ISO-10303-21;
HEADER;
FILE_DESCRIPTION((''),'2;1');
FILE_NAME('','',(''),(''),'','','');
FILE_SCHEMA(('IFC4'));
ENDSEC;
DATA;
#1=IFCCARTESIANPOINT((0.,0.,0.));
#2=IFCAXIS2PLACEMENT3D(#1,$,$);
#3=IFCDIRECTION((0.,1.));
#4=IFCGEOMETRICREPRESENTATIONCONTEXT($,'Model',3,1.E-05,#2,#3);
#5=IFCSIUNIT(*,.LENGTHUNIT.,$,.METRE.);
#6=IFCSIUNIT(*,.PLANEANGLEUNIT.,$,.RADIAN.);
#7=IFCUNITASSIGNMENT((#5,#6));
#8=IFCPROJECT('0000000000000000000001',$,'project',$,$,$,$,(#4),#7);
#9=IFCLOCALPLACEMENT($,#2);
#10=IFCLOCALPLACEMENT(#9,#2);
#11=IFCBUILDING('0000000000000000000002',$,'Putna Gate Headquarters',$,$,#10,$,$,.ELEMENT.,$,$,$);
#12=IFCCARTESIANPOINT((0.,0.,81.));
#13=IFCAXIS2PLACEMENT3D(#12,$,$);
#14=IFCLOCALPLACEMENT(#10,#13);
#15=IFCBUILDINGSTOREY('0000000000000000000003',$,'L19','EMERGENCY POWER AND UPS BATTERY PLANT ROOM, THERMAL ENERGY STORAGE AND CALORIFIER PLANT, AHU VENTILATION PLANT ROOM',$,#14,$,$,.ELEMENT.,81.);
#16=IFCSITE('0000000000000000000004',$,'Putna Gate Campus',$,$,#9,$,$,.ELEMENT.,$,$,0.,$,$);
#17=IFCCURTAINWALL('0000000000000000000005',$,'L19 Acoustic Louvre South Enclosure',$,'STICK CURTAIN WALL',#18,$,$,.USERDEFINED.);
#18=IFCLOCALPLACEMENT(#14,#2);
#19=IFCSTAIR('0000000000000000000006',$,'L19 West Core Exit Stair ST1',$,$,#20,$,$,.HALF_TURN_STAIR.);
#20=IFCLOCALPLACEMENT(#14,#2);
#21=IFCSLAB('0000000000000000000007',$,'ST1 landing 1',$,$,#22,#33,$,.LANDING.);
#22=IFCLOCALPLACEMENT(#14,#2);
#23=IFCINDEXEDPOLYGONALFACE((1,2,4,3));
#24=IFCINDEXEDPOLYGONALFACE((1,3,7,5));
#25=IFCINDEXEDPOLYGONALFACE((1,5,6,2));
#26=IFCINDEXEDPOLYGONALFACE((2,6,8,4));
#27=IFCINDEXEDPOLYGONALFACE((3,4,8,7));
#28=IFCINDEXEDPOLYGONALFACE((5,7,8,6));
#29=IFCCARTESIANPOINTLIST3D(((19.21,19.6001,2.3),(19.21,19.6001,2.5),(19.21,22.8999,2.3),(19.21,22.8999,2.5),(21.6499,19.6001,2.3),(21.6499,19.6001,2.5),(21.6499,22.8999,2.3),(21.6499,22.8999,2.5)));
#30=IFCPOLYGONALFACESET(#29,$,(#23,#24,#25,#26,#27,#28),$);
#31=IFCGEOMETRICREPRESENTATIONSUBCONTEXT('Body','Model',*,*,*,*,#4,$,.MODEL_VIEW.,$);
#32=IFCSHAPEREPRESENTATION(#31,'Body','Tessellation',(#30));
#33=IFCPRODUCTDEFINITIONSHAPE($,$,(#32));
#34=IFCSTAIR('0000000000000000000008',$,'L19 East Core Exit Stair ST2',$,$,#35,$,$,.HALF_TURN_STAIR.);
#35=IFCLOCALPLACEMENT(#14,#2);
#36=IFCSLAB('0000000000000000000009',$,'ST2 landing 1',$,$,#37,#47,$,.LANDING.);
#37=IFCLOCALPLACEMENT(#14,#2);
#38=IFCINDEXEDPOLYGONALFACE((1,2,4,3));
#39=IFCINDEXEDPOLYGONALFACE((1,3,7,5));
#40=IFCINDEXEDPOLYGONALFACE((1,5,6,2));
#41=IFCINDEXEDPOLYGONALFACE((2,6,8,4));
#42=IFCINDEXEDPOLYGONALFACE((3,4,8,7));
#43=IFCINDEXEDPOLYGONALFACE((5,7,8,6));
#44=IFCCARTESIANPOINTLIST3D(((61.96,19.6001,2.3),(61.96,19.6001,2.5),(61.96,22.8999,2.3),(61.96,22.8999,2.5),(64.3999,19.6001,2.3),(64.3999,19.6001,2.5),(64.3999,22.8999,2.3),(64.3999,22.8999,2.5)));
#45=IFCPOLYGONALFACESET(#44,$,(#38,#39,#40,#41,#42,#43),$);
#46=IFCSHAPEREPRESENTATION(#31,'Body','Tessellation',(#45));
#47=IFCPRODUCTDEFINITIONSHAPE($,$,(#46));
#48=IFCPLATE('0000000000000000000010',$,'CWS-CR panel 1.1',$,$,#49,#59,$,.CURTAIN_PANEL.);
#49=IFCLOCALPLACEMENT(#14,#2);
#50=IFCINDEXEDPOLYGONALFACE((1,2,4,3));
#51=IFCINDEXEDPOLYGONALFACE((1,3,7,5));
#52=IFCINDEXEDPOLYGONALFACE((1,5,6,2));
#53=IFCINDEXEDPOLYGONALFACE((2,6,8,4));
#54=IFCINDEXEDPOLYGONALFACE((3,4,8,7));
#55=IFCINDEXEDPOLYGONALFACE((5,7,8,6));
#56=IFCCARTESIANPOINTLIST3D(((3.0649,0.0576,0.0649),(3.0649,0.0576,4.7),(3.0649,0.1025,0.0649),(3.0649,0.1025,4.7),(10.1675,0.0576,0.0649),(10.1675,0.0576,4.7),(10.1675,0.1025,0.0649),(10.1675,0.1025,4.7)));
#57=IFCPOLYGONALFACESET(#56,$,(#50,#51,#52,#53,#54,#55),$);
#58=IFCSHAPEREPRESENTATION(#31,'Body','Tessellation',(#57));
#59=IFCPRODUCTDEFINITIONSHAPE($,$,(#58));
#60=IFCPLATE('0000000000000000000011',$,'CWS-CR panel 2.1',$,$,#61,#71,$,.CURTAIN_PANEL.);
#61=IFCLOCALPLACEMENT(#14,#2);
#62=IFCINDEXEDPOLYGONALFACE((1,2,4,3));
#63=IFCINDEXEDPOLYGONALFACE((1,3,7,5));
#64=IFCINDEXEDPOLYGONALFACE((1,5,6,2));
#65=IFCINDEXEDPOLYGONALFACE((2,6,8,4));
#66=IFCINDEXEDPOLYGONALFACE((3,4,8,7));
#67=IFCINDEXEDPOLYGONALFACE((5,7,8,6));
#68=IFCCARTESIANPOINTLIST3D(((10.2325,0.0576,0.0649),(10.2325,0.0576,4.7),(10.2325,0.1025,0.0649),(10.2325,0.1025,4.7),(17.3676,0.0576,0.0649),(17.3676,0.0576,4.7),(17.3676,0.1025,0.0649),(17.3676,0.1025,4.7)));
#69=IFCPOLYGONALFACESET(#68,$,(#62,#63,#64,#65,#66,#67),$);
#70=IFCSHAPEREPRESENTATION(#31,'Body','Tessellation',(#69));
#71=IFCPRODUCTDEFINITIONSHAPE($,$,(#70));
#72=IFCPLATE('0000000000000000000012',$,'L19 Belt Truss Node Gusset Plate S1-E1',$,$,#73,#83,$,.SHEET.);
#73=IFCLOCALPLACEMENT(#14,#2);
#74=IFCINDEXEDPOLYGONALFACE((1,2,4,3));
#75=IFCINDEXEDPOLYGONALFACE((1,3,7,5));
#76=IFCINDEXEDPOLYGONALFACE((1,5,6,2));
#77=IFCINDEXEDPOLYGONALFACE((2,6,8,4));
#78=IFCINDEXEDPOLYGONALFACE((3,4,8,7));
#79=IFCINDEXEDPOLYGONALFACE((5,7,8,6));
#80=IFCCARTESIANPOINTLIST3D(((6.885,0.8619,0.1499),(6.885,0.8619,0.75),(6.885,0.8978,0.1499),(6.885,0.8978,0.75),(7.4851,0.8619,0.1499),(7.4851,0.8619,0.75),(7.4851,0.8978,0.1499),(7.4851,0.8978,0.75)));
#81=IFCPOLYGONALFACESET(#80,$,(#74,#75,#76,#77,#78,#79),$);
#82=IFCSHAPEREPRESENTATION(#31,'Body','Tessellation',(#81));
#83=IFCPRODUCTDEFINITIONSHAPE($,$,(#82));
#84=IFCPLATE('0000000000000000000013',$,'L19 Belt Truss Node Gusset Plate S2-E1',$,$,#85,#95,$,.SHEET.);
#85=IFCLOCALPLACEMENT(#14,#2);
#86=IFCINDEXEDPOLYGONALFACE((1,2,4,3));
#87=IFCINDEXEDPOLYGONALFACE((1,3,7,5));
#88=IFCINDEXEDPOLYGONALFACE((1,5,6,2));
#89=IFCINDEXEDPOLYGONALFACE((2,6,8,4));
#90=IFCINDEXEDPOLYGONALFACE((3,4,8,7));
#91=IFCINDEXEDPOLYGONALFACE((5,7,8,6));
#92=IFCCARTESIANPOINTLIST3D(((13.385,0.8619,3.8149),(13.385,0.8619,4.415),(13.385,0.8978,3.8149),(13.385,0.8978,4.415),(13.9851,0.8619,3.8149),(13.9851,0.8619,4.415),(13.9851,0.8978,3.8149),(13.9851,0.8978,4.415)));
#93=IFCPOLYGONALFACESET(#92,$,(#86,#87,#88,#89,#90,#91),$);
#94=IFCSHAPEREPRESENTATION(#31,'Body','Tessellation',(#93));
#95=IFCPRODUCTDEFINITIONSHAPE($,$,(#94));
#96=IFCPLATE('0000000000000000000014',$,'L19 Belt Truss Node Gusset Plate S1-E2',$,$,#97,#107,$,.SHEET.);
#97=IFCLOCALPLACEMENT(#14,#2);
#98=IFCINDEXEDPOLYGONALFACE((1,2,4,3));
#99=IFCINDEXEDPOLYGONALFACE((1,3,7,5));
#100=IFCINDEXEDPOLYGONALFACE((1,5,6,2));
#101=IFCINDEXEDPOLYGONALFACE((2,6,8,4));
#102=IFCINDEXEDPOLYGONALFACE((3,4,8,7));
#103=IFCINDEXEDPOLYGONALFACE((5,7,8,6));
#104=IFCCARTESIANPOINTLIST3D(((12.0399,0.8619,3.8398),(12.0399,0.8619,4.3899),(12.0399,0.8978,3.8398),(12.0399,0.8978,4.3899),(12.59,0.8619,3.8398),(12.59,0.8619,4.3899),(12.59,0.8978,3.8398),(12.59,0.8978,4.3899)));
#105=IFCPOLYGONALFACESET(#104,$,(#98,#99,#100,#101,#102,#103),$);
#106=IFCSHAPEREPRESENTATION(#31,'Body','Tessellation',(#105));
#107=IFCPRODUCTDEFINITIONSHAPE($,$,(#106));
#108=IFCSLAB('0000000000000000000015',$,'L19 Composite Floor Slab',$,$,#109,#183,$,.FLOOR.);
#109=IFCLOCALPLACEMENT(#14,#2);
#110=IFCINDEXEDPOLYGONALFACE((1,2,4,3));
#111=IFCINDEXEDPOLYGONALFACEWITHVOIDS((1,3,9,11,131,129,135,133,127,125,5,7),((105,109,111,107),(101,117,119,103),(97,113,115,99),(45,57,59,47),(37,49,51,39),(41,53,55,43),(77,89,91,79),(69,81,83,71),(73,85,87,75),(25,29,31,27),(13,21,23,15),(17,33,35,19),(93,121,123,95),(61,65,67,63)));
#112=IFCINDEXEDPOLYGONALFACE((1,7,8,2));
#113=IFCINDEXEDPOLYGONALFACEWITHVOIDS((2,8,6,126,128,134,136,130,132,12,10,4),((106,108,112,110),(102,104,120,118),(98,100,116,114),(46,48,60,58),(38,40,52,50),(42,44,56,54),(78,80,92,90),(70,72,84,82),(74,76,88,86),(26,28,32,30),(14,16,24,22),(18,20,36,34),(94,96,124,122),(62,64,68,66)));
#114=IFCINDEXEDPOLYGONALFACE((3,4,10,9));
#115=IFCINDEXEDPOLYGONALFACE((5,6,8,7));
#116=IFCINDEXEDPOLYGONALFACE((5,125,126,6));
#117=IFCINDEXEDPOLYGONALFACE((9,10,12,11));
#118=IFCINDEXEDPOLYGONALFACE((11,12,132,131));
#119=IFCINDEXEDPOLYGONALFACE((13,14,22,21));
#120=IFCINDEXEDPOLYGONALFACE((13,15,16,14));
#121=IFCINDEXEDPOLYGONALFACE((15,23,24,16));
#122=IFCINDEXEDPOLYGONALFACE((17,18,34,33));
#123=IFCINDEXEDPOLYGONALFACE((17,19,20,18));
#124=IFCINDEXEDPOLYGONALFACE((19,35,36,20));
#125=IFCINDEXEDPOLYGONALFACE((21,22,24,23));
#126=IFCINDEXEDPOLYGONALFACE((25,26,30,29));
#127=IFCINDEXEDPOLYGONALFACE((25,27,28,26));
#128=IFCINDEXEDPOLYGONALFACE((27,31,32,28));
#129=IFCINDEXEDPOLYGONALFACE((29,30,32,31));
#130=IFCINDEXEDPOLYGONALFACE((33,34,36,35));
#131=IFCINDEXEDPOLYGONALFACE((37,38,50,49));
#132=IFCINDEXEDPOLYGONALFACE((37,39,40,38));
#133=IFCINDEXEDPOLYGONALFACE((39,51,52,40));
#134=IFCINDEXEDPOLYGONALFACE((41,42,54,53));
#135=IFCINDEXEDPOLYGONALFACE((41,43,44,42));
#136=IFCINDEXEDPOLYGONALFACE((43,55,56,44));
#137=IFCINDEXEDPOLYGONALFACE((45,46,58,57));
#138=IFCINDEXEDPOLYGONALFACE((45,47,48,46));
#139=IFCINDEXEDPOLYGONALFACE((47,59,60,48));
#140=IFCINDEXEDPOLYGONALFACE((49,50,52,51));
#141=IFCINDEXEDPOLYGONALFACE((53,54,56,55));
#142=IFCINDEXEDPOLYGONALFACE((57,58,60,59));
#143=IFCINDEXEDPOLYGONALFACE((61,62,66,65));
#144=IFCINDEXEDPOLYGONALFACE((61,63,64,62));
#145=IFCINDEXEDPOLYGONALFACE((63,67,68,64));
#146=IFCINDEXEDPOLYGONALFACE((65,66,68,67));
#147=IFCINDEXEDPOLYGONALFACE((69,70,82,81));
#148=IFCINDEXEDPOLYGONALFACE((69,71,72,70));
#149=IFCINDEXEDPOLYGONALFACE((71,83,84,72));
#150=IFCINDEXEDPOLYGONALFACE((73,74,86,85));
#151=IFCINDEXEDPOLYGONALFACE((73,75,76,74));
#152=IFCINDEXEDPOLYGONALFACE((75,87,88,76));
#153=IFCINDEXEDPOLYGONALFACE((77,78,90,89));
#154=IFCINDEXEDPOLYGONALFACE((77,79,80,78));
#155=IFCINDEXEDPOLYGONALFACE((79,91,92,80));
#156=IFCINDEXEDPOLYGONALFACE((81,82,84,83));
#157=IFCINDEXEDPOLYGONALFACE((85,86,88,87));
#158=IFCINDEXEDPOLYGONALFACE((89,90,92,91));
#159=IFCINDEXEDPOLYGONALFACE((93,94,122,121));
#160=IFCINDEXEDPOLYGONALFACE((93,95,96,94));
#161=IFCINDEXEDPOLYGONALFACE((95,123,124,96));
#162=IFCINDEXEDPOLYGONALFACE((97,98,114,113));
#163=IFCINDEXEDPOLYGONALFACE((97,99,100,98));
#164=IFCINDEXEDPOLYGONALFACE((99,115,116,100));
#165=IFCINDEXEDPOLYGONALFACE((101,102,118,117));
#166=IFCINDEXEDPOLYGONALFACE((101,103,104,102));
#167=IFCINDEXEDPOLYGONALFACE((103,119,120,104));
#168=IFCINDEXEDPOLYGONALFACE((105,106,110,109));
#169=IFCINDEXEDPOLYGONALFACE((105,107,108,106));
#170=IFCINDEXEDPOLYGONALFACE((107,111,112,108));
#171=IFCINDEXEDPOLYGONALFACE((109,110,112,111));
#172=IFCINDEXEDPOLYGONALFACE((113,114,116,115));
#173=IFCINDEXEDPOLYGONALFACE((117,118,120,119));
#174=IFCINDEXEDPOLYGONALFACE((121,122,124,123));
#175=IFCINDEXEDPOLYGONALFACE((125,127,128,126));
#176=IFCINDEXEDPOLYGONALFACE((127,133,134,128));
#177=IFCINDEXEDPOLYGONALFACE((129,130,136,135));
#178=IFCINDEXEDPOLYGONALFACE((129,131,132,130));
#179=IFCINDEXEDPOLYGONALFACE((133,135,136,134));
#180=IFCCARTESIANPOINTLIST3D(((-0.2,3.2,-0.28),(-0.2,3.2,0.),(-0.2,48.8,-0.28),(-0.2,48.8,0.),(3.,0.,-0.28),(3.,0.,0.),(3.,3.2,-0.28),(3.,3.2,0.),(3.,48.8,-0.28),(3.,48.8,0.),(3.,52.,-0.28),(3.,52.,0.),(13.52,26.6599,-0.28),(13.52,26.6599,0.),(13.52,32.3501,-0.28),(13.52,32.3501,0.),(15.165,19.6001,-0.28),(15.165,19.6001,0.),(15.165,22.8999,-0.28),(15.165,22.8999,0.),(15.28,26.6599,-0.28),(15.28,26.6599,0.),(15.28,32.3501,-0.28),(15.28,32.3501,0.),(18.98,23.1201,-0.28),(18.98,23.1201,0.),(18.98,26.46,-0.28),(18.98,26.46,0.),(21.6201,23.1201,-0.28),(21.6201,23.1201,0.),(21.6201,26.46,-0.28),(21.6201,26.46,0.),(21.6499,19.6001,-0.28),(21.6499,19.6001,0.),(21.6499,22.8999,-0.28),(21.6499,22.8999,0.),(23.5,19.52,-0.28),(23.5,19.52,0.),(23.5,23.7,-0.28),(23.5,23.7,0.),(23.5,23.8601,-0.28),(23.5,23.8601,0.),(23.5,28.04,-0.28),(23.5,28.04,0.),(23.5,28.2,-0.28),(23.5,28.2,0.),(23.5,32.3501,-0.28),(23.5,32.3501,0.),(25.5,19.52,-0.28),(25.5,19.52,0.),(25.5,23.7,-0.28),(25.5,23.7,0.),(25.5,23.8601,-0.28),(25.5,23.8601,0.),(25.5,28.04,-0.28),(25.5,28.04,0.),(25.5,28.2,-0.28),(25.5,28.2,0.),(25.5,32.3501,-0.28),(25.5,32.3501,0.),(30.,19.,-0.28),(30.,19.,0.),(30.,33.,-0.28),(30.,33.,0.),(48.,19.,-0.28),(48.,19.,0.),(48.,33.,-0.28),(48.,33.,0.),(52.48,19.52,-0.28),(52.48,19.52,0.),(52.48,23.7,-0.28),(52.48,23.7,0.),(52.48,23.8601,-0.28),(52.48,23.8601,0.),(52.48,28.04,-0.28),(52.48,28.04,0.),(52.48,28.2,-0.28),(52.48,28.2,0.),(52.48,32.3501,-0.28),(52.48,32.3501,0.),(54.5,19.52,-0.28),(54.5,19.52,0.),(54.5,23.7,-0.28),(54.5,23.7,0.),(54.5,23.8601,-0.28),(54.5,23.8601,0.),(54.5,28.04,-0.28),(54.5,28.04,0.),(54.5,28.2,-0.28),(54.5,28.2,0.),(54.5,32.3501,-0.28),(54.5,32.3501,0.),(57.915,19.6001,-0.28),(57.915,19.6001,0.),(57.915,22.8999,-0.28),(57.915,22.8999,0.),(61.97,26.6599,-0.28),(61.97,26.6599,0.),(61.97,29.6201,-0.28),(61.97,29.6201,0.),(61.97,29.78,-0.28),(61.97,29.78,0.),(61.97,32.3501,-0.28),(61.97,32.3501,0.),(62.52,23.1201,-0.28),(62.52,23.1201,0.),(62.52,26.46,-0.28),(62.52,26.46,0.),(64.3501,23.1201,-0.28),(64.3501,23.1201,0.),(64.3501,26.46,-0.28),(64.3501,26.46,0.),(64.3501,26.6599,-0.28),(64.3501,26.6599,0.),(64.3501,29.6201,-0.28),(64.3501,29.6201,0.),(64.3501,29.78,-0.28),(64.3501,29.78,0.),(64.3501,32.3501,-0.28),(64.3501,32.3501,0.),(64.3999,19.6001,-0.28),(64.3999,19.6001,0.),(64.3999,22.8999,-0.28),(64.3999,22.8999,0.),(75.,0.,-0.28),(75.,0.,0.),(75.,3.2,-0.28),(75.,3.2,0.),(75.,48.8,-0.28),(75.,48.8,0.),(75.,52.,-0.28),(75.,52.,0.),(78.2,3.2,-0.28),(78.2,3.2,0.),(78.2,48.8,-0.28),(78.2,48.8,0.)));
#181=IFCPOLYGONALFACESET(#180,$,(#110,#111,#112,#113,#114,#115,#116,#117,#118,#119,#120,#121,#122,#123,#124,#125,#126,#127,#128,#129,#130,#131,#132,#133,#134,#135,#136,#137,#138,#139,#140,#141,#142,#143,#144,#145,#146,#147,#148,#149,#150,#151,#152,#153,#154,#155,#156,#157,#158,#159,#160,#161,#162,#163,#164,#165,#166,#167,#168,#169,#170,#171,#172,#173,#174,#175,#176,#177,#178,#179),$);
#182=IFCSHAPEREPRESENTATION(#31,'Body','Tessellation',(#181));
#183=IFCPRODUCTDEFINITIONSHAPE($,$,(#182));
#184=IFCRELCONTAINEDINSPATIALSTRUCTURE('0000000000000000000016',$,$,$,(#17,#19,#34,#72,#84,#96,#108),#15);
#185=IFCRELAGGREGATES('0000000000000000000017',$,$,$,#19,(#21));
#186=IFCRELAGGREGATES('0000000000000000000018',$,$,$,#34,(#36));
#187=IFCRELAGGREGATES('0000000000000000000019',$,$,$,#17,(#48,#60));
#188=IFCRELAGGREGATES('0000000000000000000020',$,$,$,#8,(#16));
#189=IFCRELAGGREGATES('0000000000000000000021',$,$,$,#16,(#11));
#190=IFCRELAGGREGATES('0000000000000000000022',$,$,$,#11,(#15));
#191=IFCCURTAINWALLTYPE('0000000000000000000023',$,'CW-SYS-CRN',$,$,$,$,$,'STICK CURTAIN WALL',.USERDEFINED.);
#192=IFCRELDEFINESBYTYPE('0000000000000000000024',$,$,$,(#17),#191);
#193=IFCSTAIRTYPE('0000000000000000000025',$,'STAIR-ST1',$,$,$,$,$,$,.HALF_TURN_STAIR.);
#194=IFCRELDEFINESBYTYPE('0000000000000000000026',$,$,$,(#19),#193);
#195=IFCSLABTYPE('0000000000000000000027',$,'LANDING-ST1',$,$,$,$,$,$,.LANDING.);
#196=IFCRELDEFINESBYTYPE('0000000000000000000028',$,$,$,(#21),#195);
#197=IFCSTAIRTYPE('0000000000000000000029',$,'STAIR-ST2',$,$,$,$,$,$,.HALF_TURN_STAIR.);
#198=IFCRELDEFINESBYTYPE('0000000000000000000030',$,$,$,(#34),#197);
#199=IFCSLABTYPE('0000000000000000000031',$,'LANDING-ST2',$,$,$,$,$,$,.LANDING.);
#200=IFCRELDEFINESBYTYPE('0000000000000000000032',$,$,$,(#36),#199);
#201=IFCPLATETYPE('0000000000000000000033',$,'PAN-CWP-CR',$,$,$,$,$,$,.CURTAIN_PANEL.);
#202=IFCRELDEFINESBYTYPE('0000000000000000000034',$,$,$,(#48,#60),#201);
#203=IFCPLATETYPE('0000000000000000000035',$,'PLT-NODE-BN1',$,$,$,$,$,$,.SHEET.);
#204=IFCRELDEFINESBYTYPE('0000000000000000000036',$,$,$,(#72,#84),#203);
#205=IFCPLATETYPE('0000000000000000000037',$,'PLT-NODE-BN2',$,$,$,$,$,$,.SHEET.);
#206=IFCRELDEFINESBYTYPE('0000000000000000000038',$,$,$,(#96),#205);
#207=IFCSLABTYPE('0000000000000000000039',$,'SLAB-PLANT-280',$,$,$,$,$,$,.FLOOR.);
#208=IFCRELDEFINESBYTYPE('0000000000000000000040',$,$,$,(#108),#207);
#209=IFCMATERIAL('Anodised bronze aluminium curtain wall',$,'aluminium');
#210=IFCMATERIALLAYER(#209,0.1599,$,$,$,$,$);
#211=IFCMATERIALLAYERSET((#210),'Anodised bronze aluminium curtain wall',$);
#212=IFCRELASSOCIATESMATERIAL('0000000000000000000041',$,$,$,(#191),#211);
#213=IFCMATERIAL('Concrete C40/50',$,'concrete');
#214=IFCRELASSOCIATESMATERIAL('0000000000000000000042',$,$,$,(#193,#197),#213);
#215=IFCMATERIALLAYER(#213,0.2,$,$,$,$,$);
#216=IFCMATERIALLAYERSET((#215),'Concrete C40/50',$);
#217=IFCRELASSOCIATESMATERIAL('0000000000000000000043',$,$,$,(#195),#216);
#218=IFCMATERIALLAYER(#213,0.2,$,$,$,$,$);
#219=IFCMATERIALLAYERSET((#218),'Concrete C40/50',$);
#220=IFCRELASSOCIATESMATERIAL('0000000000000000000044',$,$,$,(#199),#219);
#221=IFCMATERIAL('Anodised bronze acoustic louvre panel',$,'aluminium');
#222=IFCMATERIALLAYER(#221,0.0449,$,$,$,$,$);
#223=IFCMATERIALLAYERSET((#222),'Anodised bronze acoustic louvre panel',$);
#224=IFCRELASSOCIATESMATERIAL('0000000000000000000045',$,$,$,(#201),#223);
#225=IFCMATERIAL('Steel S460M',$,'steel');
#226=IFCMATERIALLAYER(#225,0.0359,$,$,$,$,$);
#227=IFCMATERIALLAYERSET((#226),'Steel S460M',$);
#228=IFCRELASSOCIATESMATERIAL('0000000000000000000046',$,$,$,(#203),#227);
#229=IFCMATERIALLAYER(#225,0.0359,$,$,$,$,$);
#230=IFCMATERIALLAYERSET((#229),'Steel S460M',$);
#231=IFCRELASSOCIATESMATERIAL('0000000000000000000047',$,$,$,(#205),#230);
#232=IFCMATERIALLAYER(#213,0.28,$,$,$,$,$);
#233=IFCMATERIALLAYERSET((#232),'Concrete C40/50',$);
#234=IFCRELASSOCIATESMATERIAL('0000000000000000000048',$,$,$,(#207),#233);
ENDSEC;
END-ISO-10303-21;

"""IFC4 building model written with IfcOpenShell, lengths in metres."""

from ifc_helpers import new_model, si_unit, direction, frame, origin, origin_2d, place, context, subcontext, project, spatial, polyline, rectangle, outline, extrude, material, layer, layer_set, type_object, element, aggregate, save


model = new_model("IFC4")

# Units and contexts
model_context = context("Model", 3, precision=1e-05, world=origin(), true_north=direction((0.0, 1.0)))
body_context = subcontext(model_context, "Body", "Model", "MODEL_VIEW")
ifc_project = project(units=[si_unit("LENGTHUNIT", "METRE"), si_unit("PLANEANGLEUNIT", "RADIAN")], contexts=[model_context])

# Site, building, storey
site_placement = place(None, origin())
site = spatial("IfcSite", under=ifc_project, at=site_placement, Name="Putna Gate Campus", CompositionType="ELEMENT", RefElevation=0.0)
building_placement = place(site_placement, origin())
building = spatial("IfcBuilding", under=site, at=building_placement, Name="Putna Gate Headquarters", CompositionType="ELEMENT")
storey_placement = place(building_placement, frame((0.0, 0.0, 81.0)))
storey = spatial("IfcBuildingStorey", under=building, at=storey_placement, Name="L19", Description="EMERGENCY POWER AND UPS BATTERY PLANT ROOM, THERMAL ENERGY STORAGE AND CALORIFIER PLANT, AHU VENTILATION PLANT ROOM", CompositionType="ELEMENT", Elevation=81.0)

# Shared definitions
ifc_material_1 = material(Name="Steel S460M", Category="steel")

# Curtain wall
ifc_material_2 = material(Name="Anodised bronze aluminium curtain wall", Category="aluminium")
ifc_layer_1 = layer(ifc_material_2, 0.1599)
ifc_layer_set_1 = layer_set([ifc_layer_1], Name="Anodised bronze aluminium curtain wall")
curtain_wall_type = type_object("IfcCurtainWallType", Name="CW-SYS-CRN", ElementType="STICK CURTAIN WALL", PredefinedType="USERDEFINED", material=ifc_layer_set_1)
curtain_wall_1_placement = place(storey_placement, origin())
curtain_wall_1 = element("IfcCurtainWall", 1, at=curtain_wall_1_placement, inside=storey, type_object=curtain_wall_type, Name="L19 Acoustic Louvre South Enclosure", ObjectType="STICK CURTAIN WALL", PredefinedType="USERDEFINED")

# Stairs, slabs
ifc_material_3 = material(Name="Concrete C40/50", Category="concrete")
stair_type_1 = type_object("IfcStairType", Name="STAIR-ST1", PredefinedType="HALF_TURN_STAIR", material=ifc_material_3)
stair_1_placement = place(storey_placement, origin())
stair_1 = element("IfcStair", 2, at=stair_1_placement, inside=storey, type_object=stair_type_1, Name="L19 West Core Exit Stair ST1", PredefinedType="HALF_TURN_STAIR")
ifc_layer_2 = layer(ifc_material_3, 0.2)
ifc_layer_set_2 = layer_set([ifc_layer_2], Name="Concrete C40/50")
slab_type_1 = type_object("IfcSlabType", Name="LANDING-ST1", PredefinedType="LANDING", material=ifc_layer_set_2)
slab_1_placement = place(storey_placement, frame((0.0, 0.0, 2.3)))
slab_1 = element("IfcSlab", 3, at=slab_1_placement, type_object=slab_type_1, Name="ST1 landing 1", PredefinedType="LANDING", context=body_context, shape_type="SweptSolid", body=[
    extrude(outline(polyline([(19.21, 19.6001), (21.6499, 19.6001), (21.6499, 22.8999), (19.21, 22.8999), (19.21, 19.6001)])), origin(), (0.0, 0.0, 1.0), 0.2),
])
aggregate(stair_1, [slab_1])
stair_type_2 = type_object("IfcStairType", Name="STAIR-ST2", PredefinedType="HALF_TURN_STAIR", material=ifc_material_3)
stair_2_placement = place(storey_placement, origin())
stair_2 = element("IfcStair", 4, at=stair_2_placement, inside=storey, type_object=stair_type_2, Name="L19 East Core Exit Stair ST2", PredefinedType="HALF_TURN_STAIR")
ifc_layer_3 = layer(ifc_material_3, 0.2)
ifc_layer_set_3 = layer_set([ifc_layer_3], Name="Concrete C40/50")
slab_type_2 = type_object("IfcSlabType", Name="LANDING-ST2", PredefinedType="LANDING", material=ifc_layer_set_3)
slab_2_placement = place(storey_placement, frame((0.0, 0.0, 2.3)))
slab_2 = element("IfcSlab", 5, at=slab_2_placement, type_object=slab_type_2, Name="ST2 landing 1", PredefinedType="LANDING", context=body_context, shape_type="SweptSolid", body=[
    extrude(outline(polyline([(61.96, 19.6001), (64.3999, 19.6001), (64.3999, 22.8999), (61.96, 22.8999), (61.96, 19.6001)])), origin(), (0.0, 0.0, 1.0), 0.2),
])
aggregate(stair_2, [slab_2])

# Plates
ifc_material_4 = material(Name="Anodised bronze acoustic louvre panel", Category="aluminium")
ifc_layer_4 = layer(ifc_material_4, 0.0449)
ifc_layer_set_4 = layer_set([ifc_layer_4], Name="Anodised bronze acoustic louvre panel")
plate_type_1 = type_object("IfcPlateType", Name="PAN-CWP-CR", PredefinedType="CURTAIN_PANEL", material=ifc_layer_set_4)
plate_1_placement = place(storey_placement, frame((6.6162, 0.0801, 0.0649), z_axis=(0.0, 0.0, 1.0), x_axis=(1.0, 0.0, 0.0)))
plate_1 = element("IfcPlate", 6, at=plate_1_placement, type_object=plate_type_1, Name="CWS-CR panel 1.1", PredefinedType="CURTAIN_PANEL", context=body_context, shape_type="SweptSolid", body=[
    extrude(rectangle(XDim=7.1025, YDim=0.0449, at=origin_2d()), origin(), (0.0, 0.0, 1.0), 4.635),
])
plate_2_placement = place(storey_placement, frame((13.8, 0.0801, 0.0649), z_axis=(0.0, 0.0, 1.0), x_axis=(1.0, 0.0, 0.0)))
plate_2 = element("IfcPlate", 7, at=plate_2_placement, type_object=plate_type_1, Name="CWS-CR panel 2.1", PredefinedType="CURTAIN_PANEL", context=body_context, shape_type="SweptSolid", body=[
    extrude(rectangle(XDim=7.135, YDim=0.0449, at=origin_2d()), origin(), (0.0, 0.0, 1.0), 4.635),
])
aggregate(curtain_wall_1, [plate_1, plate_2])

# Plates
ifc_layer_5 = layer(ifc_material_1, 0.0359)
ifc_layer_set_5 = layer_set([ifc_layer_5], Name="Steel S460M")
plate_type_2 = type_object("IfcPlateType", Name="PLT-NODE-BN1", PredefinedType="SHEET", material=ifc_layer_set_5)
for number, where, z_axis, x_axis, name in (
    (8, (7.1851, 0.8799, 0.1499), (0.0, 0.0, 1.0), (1.0, 0.0, 0.0), "L19 Belt Truss Node Gusset Plate S1-E1"),
    (9, (13.6851, 0.8799, 3.8149), (0.0, 0.0, 1.0), (1.0, 0.0, 0.0), "L19 Belt Truss Node Gusset Plate S2-E1"),
):
    element("IfcPlate", number, at=place(storey_placement, frame(where, z_axis=z_axis, x_axis=x_axis)), inside=storey, type_object=plate_type_2, Name=name, PredefinedType="SHEET", context=body_context, shape_type="SweptSolid", body=[
        extrude(rectangle(XDim=0.6001, YDim=0.0359, at=origin_2d()), origin(), (0.0, 0.0, 1.0), 0.6001),
    ])
ifc_layer_6 = layer(ifc_material_1, 0.0359)
ifc_layer_set_6 = layer_set([ifc_layer_6], Name="Steel S460M")
plate_type_3 = type_object("IfcPlateType", Name="PLT-NODE-BN2", PredefinedType="SHEET", material=ifc_layer_set_6)
plate_3_placement = place(storey_placement, frame((12.3149, 0.8799, 3.8398), z_axis=(0.0, 0.0, 1.0), x_axis=(1.0, 0.0, 0.0)))
element("IfcPlate", 10, at=plate_3_placement, inside=storey, type_object=plate_type_3, Name="L19 Belt Truss Node Gusset Plate S1-E2", PredefinedType="SHEET", context=body_context, shape_type="SweptSolid", body=[
    extrude(rectangle(XDim=0.55, YDim=0.0359, at=origin_2d()), origin(), (0.0, 0.0, 1.0), 0.55),
])

# Slab
ifc_layer_7 = layer(ifc_material_3, 0.28)
ifc_layer_set_7 = layer_set([ifc_layer_7], Name="Concrete C40/50")
slab_type_3 = type_object("IfcSlabType", Name="SLAB-PLANT-280", PredefinedType="FLOOR", material=ifc_layer_set_7)
slab_3_placement = place(storey_placement, frame((0.0, 0.0, -0.28)))
element("IfcSlab", 11, at=slab_3_placement, inside=storey, type_object=slab_type_3, Name="L19 Composite Floor Slab", PredefinedType="FLOOR", context=body_context, shape_type="SweptSolid", body=[
    extrude(outline(polyline([(3.0, 0.0), (75.0, 0.0), (75.0, 3.2), (78.2, 3.2), (78.2, 48.8), (75.0, 48.8), (75.0, 52.0), (3.0, 52.0), (3.0, 48.8), (-0.2, 48.8), (-0.2, 3.2), (3.0, 3.2), (3.0, 0.0)]), holes=[polyline([(15.165, 19.6001), (21.6499, 19.6001), (21.6499, 22.8999), (15.165, 22.8999), (15.165, 19.6001)]), polyline([(57.915, 19.6001), (64.3999, 19.6001), (64.3999, 22.8999), (57.915, 22.8999), (57.915, 19.6001)]), polyline([(13.52, 26.6599), (15.28, 26.6599), (15.28, 32.3501), (13.52, 32.3501), (13.52, 26.6599)]), polyline([(61.97, 29.78), (64.3501, 29.78), (64.3501, 32.3501), (61.97, 32.3501), (61.97, 29.78)]), polyline([(18.98, 23.1201), (21.6201, 23.1201), (21.6201, 26.46), (18.98, 26.46), (18.98, 23.1201)]), polyline([(62.52, 23.1201), (64.3501, 23.1201), (64.3501, 26.46), (62.52, 26.46), (62.52, 23.1201)]), polyline([(61.97, 26.6599), (64.3501, 26.6599), (64.3501, 29.6201), (61.97, 29.6201), (61.97, 26.6599)]), polyline([(23.5, 19.52), (25.5, 19.52), (25.5, 23.7), (23.5, 23.7), (23.5, 19.52)]), polyline([(52.48, 19.52), (54.5, 19.52), (54.5, 23.7), (52.48, 23.7), (52.48, 19.52)]), polyline([(23.5, 23.8601), (25.5, 23.8601), (25.5, 28.04), (23.5, 28.04), (23.5, 23.8601)]), polyline([(52.48, 23.8601), (54.5, 23.8601), (54.5, 28.04), (52.48, 28.04), (52.48, 23.8601)]), polyline([(23.5, 28.2), (25.5, 28.2), (25.5, 32.3501), (23.5, 32.3501), (23.5, 28.2)]), polyline([(52.48, 28.2), (54.5, 28.2), (54.5, 32.3501), (52.48, 32.3501), (52.48, 28.2)]), polyline([(30.0, 19.0), (48.0, 19.0), (48.0, 33.0), (30.0, 33.0), (30.0, 19.0)])]), origin(), (0.0, 0.0, 1.0), 0.28),
])

save(model, "model.ifc")
